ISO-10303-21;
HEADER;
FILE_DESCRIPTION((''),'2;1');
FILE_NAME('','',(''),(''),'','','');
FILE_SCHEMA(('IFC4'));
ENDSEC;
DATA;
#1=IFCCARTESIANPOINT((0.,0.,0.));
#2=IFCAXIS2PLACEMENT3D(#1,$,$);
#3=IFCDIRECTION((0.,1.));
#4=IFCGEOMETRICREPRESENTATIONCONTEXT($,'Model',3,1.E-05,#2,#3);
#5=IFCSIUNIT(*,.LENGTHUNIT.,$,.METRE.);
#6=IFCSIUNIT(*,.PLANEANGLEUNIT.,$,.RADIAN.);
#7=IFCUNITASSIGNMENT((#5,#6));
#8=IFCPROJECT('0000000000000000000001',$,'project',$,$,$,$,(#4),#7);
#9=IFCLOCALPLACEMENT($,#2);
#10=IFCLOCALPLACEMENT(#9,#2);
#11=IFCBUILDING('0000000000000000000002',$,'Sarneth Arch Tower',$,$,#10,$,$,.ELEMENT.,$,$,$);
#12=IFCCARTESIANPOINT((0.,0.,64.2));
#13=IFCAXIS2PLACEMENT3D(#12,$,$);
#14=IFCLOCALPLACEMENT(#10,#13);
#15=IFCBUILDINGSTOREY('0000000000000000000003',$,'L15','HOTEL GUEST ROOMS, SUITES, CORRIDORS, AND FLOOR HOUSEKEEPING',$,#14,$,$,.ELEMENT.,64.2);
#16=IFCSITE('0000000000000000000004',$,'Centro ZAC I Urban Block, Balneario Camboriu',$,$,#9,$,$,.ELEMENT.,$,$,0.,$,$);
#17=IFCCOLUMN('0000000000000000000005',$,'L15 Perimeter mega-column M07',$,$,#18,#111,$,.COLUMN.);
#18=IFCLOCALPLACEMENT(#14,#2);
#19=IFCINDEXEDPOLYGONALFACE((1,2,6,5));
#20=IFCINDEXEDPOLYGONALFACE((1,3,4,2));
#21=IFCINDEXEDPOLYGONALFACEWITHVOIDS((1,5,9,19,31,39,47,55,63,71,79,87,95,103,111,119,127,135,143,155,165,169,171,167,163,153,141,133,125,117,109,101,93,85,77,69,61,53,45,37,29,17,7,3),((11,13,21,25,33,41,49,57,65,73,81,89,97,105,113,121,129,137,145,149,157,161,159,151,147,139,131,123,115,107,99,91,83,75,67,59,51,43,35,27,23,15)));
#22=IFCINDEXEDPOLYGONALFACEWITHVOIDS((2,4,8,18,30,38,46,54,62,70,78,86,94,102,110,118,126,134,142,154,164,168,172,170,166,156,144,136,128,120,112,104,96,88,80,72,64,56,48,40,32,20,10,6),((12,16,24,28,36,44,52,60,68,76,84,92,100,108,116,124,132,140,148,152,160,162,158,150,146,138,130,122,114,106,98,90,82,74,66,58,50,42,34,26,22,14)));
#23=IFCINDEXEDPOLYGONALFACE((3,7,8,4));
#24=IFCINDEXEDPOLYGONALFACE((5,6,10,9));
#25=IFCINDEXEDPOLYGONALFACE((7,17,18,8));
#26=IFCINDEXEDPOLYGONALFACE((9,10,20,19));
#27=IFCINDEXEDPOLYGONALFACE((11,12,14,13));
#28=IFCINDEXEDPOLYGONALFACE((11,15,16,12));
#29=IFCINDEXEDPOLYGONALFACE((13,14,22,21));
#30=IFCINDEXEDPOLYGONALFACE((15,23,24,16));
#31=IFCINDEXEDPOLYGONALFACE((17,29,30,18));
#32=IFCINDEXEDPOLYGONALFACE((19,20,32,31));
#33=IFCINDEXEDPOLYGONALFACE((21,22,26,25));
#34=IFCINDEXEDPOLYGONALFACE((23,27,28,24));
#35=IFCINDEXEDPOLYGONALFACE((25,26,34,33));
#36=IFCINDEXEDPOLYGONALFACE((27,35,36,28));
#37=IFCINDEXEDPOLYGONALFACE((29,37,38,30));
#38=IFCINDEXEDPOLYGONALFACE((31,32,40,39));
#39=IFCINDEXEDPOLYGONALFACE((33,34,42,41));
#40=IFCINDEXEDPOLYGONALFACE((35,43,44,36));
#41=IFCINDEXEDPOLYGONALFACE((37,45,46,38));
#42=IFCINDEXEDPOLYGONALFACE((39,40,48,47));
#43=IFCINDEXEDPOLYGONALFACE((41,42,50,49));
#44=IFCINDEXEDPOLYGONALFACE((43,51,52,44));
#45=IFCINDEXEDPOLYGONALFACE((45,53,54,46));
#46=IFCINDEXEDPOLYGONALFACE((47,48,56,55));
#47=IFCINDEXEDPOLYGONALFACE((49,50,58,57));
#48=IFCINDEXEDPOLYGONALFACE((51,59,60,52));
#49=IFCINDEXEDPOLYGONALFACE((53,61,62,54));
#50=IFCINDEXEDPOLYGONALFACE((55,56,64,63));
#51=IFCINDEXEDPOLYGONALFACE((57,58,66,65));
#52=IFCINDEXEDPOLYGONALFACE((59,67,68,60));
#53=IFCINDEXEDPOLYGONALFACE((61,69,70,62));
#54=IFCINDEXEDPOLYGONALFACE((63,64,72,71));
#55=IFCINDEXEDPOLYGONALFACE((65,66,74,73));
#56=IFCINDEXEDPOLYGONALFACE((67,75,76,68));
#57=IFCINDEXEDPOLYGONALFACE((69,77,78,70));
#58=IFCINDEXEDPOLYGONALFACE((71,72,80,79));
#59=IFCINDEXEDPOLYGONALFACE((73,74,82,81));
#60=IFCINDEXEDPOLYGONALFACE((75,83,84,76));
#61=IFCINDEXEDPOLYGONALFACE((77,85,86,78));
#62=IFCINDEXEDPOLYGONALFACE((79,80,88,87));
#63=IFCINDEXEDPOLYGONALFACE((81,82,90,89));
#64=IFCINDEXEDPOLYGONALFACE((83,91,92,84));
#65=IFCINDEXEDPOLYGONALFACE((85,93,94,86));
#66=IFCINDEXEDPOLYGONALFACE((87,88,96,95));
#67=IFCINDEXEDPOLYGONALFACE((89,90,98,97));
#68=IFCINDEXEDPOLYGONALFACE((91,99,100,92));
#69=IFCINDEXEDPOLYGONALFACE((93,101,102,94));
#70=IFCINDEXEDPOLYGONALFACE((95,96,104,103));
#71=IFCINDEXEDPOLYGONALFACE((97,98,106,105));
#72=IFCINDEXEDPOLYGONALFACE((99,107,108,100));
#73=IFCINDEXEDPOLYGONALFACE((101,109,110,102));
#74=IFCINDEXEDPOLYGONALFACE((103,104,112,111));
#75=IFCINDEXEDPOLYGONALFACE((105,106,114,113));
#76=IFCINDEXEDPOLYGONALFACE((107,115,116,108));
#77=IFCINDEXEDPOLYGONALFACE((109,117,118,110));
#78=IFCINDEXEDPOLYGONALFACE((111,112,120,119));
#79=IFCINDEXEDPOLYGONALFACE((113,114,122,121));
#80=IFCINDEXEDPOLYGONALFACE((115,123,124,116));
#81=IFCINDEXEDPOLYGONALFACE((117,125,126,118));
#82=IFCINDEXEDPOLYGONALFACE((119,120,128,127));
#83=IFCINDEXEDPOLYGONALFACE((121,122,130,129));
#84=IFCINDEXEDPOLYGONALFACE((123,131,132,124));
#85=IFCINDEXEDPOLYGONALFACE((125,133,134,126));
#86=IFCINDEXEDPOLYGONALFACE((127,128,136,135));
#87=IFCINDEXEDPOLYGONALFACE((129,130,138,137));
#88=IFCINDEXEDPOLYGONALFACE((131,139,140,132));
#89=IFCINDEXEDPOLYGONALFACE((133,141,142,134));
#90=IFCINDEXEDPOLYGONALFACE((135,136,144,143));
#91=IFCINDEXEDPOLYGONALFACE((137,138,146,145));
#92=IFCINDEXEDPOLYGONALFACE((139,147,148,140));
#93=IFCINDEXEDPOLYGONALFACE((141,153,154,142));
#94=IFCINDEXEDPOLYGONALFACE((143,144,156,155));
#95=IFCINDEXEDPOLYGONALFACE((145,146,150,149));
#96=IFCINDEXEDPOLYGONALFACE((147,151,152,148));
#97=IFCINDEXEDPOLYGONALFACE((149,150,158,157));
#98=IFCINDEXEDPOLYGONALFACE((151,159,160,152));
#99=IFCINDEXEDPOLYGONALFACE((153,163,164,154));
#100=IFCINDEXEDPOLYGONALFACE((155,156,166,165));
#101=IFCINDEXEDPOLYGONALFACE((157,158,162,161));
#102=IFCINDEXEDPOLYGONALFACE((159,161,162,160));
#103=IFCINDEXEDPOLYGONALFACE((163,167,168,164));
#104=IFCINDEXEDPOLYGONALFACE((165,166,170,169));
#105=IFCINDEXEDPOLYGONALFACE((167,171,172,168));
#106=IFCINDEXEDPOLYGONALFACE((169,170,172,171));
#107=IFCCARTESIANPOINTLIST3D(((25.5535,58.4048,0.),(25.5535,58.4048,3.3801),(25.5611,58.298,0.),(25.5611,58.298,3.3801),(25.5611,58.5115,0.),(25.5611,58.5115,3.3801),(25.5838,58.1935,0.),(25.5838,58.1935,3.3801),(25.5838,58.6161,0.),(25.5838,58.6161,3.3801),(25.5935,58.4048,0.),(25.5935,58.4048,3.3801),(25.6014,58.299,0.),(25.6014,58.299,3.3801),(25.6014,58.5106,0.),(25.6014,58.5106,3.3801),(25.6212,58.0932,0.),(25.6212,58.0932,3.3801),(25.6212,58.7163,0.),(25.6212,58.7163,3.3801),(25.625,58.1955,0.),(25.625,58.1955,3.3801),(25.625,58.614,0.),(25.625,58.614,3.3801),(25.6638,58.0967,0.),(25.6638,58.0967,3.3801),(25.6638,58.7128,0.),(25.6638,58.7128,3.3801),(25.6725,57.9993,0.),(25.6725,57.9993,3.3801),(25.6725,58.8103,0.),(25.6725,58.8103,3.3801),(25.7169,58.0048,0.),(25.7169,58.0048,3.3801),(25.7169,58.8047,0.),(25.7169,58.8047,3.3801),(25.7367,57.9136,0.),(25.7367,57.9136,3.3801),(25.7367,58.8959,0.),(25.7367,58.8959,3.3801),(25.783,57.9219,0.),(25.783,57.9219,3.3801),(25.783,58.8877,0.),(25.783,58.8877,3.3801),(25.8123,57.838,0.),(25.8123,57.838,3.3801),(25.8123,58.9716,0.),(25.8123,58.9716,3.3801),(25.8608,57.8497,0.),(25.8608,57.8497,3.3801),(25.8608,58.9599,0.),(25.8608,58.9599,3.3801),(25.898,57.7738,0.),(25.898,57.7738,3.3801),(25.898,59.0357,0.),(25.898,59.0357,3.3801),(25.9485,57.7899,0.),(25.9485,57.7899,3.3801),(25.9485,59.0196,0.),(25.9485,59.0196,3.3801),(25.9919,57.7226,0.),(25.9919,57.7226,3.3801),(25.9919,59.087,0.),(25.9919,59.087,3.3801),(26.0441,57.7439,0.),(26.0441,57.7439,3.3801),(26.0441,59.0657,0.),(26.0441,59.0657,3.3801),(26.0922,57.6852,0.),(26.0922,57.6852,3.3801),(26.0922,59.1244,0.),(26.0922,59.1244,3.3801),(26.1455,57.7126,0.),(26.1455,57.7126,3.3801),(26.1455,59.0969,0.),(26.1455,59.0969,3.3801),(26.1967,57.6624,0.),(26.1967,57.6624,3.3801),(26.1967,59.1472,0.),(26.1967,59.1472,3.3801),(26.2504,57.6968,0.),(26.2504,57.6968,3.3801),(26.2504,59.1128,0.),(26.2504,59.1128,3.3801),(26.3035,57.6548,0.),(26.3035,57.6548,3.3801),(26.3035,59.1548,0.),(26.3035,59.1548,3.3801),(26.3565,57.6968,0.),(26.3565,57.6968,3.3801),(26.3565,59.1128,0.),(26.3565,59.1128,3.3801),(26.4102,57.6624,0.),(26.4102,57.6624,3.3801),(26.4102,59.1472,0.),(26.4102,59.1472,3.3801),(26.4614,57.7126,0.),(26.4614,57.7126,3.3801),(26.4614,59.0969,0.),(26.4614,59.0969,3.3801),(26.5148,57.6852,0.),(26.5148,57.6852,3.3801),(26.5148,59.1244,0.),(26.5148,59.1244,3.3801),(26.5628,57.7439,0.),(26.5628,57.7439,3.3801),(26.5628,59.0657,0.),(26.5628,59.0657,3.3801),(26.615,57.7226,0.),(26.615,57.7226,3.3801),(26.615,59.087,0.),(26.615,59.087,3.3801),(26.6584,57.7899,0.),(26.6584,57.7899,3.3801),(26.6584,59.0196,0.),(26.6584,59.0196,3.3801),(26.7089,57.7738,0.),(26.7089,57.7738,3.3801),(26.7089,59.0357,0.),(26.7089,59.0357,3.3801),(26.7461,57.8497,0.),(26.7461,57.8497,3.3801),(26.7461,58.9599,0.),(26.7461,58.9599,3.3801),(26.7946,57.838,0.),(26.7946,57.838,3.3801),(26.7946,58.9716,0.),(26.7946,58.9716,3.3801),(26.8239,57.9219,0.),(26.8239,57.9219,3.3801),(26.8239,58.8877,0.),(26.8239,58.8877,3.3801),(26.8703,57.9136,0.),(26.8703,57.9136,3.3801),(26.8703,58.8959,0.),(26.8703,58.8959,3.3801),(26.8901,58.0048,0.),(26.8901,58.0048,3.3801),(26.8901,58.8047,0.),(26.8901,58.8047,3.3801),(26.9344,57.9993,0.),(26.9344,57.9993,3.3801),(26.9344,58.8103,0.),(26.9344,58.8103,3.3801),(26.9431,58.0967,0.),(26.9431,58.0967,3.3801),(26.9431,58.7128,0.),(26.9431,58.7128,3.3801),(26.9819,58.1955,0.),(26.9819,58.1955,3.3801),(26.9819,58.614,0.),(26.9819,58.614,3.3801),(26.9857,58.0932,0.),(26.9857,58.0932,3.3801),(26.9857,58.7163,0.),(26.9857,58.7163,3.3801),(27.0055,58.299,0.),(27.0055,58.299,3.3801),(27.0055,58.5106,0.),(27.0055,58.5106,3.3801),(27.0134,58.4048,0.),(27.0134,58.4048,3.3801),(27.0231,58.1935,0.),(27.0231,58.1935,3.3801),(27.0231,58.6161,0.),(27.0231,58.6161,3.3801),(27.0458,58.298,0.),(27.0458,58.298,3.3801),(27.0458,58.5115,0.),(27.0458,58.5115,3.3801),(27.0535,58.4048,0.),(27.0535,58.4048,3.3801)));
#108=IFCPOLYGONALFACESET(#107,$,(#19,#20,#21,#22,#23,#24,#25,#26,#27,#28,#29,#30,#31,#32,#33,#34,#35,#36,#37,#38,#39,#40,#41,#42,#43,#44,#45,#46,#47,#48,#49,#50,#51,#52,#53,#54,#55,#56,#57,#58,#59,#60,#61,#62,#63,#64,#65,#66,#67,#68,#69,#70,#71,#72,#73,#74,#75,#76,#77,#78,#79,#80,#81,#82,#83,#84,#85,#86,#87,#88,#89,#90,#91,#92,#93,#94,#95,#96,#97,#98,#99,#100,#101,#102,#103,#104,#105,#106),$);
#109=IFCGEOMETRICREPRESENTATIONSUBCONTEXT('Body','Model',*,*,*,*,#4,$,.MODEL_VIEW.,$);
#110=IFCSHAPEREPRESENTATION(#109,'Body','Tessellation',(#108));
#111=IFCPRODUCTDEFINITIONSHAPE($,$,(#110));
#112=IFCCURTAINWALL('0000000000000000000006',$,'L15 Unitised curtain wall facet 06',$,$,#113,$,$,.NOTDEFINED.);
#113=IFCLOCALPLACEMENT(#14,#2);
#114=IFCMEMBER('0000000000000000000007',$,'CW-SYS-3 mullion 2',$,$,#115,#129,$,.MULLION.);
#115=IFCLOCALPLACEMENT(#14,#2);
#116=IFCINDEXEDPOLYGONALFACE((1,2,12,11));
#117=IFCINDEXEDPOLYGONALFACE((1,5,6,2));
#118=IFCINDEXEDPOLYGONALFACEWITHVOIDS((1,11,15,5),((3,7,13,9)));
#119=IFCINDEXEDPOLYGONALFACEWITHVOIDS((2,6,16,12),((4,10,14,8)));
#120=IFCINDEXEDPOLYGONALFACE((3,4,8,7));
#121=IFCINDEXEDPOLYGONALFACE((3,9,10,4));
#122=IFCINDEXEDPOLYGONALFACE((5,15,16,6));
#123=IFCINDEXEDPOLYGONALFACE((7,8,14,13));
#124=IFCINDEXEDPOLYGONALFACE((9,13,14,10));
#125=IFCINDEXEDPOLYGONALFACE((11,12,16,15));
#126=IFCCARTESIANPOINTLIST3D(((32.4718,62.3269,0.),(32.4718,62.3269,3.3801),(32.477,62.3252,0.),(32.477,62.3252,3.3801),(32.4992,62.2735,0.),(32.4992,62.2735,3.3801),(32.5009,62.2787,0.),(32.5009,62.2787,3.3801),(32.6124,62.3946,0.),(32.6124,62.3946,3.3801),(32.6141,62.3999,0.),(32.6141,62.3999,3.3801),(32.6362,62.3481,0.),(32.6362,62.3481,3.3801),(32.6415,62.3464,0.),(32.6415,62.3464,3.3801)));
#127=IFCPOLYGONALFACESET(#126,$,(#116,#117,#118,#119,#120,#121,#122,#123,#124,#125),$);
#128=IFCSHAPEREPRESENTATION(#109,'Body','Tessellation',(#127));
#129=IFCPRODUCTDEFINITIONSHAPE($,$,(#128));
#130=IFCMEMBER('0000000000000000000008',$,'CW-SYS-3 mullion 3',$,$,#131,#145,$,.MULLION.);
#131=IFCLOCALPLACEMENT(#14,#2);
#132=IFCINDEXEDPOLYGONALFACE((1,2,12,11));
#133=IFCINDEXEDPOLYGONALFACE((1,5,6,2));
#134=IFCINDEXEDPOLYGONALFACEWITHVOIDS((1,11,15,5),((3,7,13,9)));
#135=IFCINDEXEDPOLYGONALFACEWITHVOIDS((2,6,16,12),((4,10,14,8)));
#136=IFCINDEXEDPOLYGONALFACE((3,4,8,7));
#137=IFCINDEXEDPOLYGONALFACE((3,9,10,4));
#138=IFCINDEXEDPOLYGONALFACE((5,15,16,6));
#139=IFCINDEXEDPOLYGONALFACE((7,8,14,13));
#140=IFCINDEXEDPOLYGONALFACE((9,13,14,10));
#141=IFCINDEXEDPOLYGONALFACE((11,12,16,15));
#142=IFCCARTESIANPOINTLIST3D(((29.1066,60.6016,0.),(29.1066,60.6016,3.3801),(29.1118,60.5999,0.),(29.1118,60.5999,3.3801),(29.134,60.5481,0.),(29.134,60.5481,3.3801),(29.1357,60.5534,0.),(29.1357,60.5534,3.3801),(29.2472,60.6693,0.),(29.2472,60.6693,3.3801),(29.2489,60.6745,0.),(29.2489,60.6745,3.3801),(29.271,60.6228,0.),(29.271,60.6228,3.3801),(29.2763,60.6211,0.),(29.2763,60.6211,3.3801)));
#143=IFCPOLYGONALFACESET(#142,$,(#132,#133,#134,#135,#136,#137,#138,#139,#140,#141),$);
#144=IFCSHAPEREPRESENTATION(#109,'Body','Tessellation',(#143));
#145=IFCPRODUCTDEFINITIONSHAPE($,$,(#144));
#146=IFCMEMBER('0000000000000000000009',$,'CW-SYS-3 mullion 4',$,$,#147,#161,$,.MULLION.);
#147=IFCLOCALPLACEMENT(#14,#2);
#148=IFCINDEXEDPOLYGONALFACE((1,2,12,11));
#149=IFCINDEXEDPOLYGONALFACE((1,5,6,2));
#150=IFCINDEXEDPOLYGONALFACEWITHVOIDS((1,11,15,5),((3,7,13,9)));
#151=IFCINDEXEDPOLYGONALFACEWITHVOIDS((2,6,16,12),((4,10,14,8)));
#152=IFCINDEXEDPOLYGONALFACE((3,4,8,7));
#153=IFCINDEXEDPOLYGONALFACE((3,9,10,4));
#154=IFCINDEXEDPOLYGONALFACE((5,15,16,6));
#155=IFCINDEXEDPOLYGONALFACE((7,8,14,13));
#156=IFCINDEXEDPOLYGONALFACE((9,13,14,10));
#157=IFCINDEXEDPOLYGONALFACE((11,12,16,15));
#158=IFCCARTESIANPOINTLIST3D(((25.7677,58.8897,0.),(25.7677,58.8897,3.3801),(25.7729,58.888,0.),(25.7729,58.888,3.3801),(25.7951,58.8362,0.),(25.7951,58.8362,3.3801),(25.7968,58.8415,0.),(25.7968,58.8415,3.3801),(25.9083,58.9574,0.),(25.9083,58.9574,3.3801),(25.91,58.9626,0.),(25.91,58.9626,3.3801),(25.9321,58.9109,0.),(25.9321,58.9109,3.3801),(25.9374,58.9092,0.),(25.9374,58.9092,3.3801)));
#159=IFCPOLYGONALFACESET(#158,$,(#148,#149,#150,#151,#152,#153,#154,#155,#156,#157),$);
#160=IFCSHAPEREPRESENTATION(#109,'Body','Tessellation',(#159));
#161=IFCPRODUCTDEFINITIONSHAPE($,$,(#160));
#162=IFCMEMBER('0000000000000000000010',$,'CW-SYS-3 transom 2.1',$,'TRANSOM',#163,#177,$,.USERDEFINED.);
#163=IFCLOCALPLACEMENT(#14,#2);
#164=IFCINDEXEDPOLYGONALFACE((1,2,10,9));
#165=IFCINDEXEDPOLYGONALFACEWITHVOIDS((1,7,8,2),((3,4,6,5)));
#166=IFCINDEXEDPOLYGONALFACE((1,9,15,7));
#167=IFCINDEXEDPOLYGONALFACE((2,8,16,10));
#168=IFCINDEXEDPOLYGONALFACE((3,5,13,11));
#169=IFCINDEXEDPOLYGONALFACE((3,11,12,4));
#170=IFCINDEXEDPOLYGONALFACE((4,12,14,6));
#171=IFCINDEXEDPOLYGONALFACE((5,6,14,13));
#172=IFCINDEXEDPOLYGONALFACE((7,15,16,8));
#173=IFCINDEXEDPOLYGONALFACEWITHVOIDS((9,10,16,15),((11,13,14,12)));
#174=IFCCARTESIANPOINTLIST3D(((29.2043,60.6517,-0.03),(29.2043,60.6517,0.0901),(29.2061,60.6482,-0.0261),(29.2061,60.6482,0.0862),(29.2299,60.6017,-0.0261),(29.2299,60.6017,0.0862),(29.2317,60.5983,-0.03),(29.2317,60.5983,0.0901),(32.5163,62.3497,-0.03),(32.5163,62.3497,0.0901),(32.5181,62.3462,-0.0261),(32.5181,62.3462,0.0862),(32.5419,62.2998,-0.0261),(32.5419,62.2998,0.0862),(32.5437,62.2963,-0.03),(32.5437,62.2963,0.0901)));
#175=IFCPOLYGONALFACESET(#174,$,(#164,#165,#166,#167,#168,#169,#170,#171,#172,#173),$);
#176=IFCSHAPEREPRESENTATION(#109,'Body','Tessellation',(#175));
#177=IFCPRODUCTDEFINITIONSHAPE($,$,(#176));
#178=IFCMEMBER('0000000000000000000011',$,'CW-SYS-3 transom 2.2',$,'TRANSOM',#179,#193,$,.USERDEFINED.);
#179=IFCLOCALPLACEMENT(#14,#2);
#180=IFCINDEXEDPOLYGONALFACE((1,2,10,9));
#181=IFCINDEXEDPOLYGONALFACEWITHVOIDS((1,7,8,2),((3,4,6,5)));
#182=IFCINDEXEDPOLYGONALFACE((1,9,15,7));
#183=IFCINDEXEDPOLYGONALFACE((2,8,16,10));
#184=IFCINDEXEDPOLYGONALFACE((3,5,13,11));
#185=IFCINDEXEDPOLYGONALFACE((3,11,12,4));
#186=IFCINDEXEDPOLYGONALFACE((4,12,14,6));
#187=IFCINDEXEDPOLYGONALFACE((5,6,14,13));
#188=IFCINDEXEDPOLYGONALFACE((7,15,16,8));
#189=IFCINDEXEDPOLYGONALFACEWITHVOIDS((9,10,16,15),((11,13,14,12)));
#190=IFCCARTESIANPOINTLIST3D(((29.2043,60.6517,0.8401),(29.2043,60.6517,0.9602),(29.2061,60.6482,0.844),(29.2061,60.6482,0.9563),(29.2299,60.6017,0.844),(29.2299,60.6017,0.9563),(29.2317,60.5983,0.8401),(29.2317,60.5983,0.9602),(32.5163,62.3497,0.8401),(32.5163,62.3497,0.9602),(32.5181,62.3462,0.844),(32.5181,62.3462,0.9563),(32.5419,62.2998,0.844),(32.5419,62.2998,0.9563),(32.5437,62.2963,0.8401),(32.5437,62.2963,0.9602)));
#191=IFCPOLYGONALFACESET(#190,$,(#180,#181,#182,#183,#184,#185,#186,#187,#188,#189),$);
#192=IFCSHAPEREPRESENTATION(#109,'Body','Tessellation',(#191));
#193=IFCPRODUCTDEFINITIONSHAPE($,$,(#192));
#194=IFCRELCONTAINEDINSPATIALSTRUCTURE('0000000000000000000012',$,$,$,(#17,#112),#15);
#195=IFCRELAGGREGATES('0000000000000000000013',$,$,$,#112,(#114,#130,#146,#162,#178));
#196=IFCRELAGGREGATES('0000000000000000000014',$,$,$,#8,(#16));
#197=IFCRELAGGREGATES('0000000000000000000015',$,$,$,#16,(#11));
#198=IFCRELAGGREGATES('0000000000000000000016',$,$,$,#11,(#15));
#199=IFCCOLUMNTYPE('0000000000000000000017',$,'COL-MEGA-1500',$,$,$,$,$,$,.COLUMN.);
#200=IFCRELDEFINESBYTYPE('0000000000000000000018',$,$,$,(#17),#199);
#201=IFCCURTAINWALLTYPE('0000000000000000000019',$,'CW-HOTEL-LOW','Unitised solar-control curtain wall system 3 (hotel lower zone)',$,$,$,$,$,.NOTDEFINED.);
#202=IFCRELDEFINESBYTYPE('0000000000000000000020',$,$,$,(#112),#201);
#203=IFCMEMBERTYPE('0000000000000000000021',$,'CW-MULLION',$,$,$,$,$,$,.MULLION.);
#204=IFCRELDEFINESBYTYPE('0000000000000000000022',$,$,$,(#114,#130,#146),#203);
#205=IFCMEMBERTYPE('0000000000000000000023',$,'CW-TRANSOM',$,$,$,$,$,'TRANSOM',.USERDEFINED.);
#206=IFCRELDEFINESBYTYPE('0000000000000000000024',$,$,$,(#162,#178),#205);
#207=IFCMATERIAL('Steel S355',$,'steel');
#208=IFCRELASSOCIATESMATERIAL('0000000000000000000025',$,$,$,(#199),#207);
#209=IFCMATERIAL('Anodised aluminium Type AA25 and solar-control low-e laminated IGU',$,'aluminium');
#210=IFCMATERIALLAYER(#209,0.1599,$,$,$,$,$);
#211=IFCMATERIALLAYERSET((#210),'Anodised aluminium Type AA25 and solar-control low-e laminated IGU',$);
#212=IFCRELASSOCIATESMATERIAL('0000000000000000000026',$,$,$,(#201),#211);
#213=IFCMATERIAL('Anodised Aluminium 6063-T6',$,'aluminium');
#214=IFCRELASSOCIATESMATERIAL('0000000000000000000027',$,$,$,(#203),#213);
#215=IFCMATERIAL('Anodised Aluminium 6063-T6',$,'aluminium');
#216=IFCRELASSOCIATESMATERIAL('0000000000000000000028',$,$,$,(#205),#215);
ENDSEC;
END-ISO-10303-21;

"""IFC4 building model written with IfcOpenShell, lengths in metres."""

from ifc_helpers import new_model, si_unit, direction, frame, origin, origin_2d, place, context, subcontext, project, spatial, hollow_rectangle, hollow_circle, extrude, material, layer, layer_set, material_profile, profile_set, type_object, element, aggregate, save


model = new_model("IFC4")

# Units and contexts
model_context = context("Model", 3, precision=1e-05, world=origin(), true_north=direction((0.0, 1.0)))
body_context = subcontext(model_context, "Body", "Model", "MODEL_VIEW")
ifc_project = project(units=[si_unit("LENGTHUNIT", "METRE"), si_unit("PLANEANGLEUNIT", "RADIAN")], contexts=[model_context])

# Site, building, storey
site_placement = place(None, origin())
site = spatial("IfcSite", under=ifc_project, at=site_placement, Name="Centro ZAC I Urban Block, Balneario Camboriu", CompositionType="ELEMENT", RefElevation=0.0)
building_placement = place(site_placement, origin())
building = spatial("IfcBuilding", under=site, at=building_placement, Name="Sarneth Arch Tower", CompositionType="ELEMENT")
storey_placement = place(building_placement, frame((0.0, 0.0, 64.2)))
storey = spatial("IfcBuildingStorey", under=building, at=storey_placement, Name="L15", Description="HOTEL GUEST ROOMS, SUITES, CORRIDORS, AND FLOOR HOUSEKEEPING", CompositionType="ELEMENT", Elevation=64.2)

# Column
ifc_material_1 = material(Name="Steel S355", Category="steel")
ifc_material_profile_1 = material_profile(ifc_material_1, hollow_circle(Radius=0.75, WallThickness=0.04, at=origin_2d()), Name="CHS1500x40")
ifc_profile_set_1 = profile_set([ifc_material_profile_1], Name="Steel S355")
column_type = type_object("IfcColumnType", Name="COL-MEGA-1500", PredefinedType="COLUMN", material=ifc_profile_set_1)
column_placement = place(storey_placement, frame((26.3035, 58.4048, 0.0), z_axis=(0.0, 0.0, 1.0), x_axis=(1.0, 0.0, 0.0)))
element("IfcColumn", 1, at=column_placement, inside=storey, type_object=column_type, Name="L15 Perimeter mega-column M07", PredefinedType="COLUMN", context=body_context, shape_type="SweptSolid", body=[
    extrude(hollow_circle(Radius=0.75, WallThickness=0.04, at=origin_2d()), origin(), (0.0, 0.0, 1.0), 3.3801),
])

# Curtain wall, members
ifc_material_2 = material(Name="Anodised aluminium Type AA25 and solar-control low-e laminated IGU", Category="aluminium")
ifc_layer_1 = layer(ifc_material_2, 0.1599)
ifc_layer_set_1 = layer_set([ifc_layer_1], Name="Anodised aluminium Type AA25 and solar-control low-e laminated IGU")
curtain_wall_type = type_object("IfcCurtainWallType", Name="CW-HOTEL-LOW", Description="Unitised solar-control curtain wall system 3 (hotel lower zone)", PredefinedType="NOTDEFINED", material=ifc_layer_set_1)
curtain_wall_placement = place(storey_placement, origin())
curtain_wall = element("IfcCurtainWall", 2, at=curtain_wall_placement, inside=storey, type_object=curtain_wall_type, Name="L15 Unitised curtain wall facet 06", PredefinedType="NOTDEFINED")
ifc_material_3 = material(Name="Anodised Aluminium 6063-T6", Category="aluminium")
ifc_material_profile_2 = material_profile(ifc_material_3, hollow_rectangle(XDim=0.0601, YDim=0.1599, WallThickness=0.0039, at=origin_2d()), Name="AL-MULL-160x60x4")
ifc_profile_set_2 = profile_set([ifc_material_profile_2], Name="Anodised Aluminium 6063-T6")
member_type_1 = type_object("IfcMemberType", Name="CW-MULLION", PredefinedType="MULLION", material=ifc_profile_set_2)
member_1_placement = place(storey_placement, frame((32.5566, 62.3367, 0.0), z_axis=(0.0, 0.0, 1.0), x_axis=(0.456245, -0.889854, 0.0)))
member_1 = element("IfcMember", 3, at=member_1_placement, type_object=member_type_1, Name="CW-SYS-3 mullion 2", PredefinedType="MULLION", context=body_context, shape_type="SweptSolid", body=[
    extrude(hollow_rectangle(XDim=0.0601, YDim=0.1599, WallThickness=0.0039, at=origin_2d()), origin(), (0.0, 0.0, 1.0), 3.3801),
])
member_2_placement = place(storey_placement, frame((29.1914, 60.6113, 0.0), z_axis=(0.0, 0.0, 1.0), x_axis=(0.456245, -0.889854, 0.0)))
member_2 = element("IfcMember", 4, at=member_2_placement, type_object=member_type_1, Name="CW-SYS-3 mullion 3", PredefinedType="MULLION", context=body_context, shape_type="SweptSolid", body=[
    extrude(hollow_rectangle(XDim=0.0601, YDim=0.1599, WallThickness=0.0039, at=origin_2d()), origin(), (0.0, 0.0, 1.0), 3.3801),
])
member_3_placement = place(storey_placement, frame((25.8525, 58.8994, 0.0), z_axis=(0.0, 0.0, 1.0), x_axis=(0.456245, -0.889854, 0.0)))
member_3 = element("IfcMember", 5, at=member_3_placement, type_object=member_type_1, Name="CW-SYS-3 mullion 4", PredefinedType="MULLION", context=body_context, shape_type="SweptSolid", body=[
    extrude(hollow_rectangle(XDim=0.0601, YDim=0.1599, WallThickness=0.0039, at=origin_2d()), origin(), (0.0, 0.0, 1.0), 3.3801),
])
ifc_material_4 = material(Name="Anodised Aluminium 6063-T6", Category="aluminium")
ifc_material_profile_3 = material_profile(ifc_material_4, hollow_rectangle(XDim=0.0601, YDim=0.1201, WallThickness=0.0039, at=origin_2d()), Name="AL-TRAN-120x60x4")
ifc_profile_set_3 = profile_set([ifc_material_profile_3], Name="Anodised Aluminium 6063-T6")
member_type_2 = type_object("IfcMemberType", Name="CW-TRANSOM", ElementType="TRANSOM", PredefinedType="USERDEFINED", material=ifc_profile_set_3)
member_4_placement = place(storey_placement, frame((32.53, 62.323, 0.03), z_axis=(-0.889869, -0.456217, 0.0), x_axis=(0.456217, -0.889869, 0.0)))
member_4 = element("IfcMember", 6, at=member_4_placement, type_object=member_type_2, Name="CW-SYS-3 transom 2.1", ObjectType="TRANSOM", PredefinedType="USERDEFINED", context=body_context, shape_type="SweptSolid", body=[
    extrude(hollow_rectangle(XDim=0.0601, YDim=0.1201, WallThickness=0.0039, at=origin_2d()), origin(), (0.0, 0.0, 1.0), 3.7219),
])
member_5_placement = place(storey_placement, frame((32.53, 62.323, 0.9001), z_axis=(-0.889869, -0.456217, 0.0), x_axis=(0.456217, -0.889869, 0.0)))
member_5 = element("IfcMember", 7, at=member_5_placement, type_object=member_type_2, Name="CW-SYS-3 transom 2.2", ObjectType="TRANSOM", PredefinedType="USERDEFINED", context=body_context, shape_type="SweptSolid", body=[
    extrude(hollow_rectangle(XDim=0.0601, YDim=0.1201, WallThickness=0.0039, at=origin_2d()), origin(), (0.0, 0.0, 1.0), 3.7219),
])

aggregate(curtain_wall, [member_1, member_2, member_3, member_4, member_5])

save(model, "model.ifc")
